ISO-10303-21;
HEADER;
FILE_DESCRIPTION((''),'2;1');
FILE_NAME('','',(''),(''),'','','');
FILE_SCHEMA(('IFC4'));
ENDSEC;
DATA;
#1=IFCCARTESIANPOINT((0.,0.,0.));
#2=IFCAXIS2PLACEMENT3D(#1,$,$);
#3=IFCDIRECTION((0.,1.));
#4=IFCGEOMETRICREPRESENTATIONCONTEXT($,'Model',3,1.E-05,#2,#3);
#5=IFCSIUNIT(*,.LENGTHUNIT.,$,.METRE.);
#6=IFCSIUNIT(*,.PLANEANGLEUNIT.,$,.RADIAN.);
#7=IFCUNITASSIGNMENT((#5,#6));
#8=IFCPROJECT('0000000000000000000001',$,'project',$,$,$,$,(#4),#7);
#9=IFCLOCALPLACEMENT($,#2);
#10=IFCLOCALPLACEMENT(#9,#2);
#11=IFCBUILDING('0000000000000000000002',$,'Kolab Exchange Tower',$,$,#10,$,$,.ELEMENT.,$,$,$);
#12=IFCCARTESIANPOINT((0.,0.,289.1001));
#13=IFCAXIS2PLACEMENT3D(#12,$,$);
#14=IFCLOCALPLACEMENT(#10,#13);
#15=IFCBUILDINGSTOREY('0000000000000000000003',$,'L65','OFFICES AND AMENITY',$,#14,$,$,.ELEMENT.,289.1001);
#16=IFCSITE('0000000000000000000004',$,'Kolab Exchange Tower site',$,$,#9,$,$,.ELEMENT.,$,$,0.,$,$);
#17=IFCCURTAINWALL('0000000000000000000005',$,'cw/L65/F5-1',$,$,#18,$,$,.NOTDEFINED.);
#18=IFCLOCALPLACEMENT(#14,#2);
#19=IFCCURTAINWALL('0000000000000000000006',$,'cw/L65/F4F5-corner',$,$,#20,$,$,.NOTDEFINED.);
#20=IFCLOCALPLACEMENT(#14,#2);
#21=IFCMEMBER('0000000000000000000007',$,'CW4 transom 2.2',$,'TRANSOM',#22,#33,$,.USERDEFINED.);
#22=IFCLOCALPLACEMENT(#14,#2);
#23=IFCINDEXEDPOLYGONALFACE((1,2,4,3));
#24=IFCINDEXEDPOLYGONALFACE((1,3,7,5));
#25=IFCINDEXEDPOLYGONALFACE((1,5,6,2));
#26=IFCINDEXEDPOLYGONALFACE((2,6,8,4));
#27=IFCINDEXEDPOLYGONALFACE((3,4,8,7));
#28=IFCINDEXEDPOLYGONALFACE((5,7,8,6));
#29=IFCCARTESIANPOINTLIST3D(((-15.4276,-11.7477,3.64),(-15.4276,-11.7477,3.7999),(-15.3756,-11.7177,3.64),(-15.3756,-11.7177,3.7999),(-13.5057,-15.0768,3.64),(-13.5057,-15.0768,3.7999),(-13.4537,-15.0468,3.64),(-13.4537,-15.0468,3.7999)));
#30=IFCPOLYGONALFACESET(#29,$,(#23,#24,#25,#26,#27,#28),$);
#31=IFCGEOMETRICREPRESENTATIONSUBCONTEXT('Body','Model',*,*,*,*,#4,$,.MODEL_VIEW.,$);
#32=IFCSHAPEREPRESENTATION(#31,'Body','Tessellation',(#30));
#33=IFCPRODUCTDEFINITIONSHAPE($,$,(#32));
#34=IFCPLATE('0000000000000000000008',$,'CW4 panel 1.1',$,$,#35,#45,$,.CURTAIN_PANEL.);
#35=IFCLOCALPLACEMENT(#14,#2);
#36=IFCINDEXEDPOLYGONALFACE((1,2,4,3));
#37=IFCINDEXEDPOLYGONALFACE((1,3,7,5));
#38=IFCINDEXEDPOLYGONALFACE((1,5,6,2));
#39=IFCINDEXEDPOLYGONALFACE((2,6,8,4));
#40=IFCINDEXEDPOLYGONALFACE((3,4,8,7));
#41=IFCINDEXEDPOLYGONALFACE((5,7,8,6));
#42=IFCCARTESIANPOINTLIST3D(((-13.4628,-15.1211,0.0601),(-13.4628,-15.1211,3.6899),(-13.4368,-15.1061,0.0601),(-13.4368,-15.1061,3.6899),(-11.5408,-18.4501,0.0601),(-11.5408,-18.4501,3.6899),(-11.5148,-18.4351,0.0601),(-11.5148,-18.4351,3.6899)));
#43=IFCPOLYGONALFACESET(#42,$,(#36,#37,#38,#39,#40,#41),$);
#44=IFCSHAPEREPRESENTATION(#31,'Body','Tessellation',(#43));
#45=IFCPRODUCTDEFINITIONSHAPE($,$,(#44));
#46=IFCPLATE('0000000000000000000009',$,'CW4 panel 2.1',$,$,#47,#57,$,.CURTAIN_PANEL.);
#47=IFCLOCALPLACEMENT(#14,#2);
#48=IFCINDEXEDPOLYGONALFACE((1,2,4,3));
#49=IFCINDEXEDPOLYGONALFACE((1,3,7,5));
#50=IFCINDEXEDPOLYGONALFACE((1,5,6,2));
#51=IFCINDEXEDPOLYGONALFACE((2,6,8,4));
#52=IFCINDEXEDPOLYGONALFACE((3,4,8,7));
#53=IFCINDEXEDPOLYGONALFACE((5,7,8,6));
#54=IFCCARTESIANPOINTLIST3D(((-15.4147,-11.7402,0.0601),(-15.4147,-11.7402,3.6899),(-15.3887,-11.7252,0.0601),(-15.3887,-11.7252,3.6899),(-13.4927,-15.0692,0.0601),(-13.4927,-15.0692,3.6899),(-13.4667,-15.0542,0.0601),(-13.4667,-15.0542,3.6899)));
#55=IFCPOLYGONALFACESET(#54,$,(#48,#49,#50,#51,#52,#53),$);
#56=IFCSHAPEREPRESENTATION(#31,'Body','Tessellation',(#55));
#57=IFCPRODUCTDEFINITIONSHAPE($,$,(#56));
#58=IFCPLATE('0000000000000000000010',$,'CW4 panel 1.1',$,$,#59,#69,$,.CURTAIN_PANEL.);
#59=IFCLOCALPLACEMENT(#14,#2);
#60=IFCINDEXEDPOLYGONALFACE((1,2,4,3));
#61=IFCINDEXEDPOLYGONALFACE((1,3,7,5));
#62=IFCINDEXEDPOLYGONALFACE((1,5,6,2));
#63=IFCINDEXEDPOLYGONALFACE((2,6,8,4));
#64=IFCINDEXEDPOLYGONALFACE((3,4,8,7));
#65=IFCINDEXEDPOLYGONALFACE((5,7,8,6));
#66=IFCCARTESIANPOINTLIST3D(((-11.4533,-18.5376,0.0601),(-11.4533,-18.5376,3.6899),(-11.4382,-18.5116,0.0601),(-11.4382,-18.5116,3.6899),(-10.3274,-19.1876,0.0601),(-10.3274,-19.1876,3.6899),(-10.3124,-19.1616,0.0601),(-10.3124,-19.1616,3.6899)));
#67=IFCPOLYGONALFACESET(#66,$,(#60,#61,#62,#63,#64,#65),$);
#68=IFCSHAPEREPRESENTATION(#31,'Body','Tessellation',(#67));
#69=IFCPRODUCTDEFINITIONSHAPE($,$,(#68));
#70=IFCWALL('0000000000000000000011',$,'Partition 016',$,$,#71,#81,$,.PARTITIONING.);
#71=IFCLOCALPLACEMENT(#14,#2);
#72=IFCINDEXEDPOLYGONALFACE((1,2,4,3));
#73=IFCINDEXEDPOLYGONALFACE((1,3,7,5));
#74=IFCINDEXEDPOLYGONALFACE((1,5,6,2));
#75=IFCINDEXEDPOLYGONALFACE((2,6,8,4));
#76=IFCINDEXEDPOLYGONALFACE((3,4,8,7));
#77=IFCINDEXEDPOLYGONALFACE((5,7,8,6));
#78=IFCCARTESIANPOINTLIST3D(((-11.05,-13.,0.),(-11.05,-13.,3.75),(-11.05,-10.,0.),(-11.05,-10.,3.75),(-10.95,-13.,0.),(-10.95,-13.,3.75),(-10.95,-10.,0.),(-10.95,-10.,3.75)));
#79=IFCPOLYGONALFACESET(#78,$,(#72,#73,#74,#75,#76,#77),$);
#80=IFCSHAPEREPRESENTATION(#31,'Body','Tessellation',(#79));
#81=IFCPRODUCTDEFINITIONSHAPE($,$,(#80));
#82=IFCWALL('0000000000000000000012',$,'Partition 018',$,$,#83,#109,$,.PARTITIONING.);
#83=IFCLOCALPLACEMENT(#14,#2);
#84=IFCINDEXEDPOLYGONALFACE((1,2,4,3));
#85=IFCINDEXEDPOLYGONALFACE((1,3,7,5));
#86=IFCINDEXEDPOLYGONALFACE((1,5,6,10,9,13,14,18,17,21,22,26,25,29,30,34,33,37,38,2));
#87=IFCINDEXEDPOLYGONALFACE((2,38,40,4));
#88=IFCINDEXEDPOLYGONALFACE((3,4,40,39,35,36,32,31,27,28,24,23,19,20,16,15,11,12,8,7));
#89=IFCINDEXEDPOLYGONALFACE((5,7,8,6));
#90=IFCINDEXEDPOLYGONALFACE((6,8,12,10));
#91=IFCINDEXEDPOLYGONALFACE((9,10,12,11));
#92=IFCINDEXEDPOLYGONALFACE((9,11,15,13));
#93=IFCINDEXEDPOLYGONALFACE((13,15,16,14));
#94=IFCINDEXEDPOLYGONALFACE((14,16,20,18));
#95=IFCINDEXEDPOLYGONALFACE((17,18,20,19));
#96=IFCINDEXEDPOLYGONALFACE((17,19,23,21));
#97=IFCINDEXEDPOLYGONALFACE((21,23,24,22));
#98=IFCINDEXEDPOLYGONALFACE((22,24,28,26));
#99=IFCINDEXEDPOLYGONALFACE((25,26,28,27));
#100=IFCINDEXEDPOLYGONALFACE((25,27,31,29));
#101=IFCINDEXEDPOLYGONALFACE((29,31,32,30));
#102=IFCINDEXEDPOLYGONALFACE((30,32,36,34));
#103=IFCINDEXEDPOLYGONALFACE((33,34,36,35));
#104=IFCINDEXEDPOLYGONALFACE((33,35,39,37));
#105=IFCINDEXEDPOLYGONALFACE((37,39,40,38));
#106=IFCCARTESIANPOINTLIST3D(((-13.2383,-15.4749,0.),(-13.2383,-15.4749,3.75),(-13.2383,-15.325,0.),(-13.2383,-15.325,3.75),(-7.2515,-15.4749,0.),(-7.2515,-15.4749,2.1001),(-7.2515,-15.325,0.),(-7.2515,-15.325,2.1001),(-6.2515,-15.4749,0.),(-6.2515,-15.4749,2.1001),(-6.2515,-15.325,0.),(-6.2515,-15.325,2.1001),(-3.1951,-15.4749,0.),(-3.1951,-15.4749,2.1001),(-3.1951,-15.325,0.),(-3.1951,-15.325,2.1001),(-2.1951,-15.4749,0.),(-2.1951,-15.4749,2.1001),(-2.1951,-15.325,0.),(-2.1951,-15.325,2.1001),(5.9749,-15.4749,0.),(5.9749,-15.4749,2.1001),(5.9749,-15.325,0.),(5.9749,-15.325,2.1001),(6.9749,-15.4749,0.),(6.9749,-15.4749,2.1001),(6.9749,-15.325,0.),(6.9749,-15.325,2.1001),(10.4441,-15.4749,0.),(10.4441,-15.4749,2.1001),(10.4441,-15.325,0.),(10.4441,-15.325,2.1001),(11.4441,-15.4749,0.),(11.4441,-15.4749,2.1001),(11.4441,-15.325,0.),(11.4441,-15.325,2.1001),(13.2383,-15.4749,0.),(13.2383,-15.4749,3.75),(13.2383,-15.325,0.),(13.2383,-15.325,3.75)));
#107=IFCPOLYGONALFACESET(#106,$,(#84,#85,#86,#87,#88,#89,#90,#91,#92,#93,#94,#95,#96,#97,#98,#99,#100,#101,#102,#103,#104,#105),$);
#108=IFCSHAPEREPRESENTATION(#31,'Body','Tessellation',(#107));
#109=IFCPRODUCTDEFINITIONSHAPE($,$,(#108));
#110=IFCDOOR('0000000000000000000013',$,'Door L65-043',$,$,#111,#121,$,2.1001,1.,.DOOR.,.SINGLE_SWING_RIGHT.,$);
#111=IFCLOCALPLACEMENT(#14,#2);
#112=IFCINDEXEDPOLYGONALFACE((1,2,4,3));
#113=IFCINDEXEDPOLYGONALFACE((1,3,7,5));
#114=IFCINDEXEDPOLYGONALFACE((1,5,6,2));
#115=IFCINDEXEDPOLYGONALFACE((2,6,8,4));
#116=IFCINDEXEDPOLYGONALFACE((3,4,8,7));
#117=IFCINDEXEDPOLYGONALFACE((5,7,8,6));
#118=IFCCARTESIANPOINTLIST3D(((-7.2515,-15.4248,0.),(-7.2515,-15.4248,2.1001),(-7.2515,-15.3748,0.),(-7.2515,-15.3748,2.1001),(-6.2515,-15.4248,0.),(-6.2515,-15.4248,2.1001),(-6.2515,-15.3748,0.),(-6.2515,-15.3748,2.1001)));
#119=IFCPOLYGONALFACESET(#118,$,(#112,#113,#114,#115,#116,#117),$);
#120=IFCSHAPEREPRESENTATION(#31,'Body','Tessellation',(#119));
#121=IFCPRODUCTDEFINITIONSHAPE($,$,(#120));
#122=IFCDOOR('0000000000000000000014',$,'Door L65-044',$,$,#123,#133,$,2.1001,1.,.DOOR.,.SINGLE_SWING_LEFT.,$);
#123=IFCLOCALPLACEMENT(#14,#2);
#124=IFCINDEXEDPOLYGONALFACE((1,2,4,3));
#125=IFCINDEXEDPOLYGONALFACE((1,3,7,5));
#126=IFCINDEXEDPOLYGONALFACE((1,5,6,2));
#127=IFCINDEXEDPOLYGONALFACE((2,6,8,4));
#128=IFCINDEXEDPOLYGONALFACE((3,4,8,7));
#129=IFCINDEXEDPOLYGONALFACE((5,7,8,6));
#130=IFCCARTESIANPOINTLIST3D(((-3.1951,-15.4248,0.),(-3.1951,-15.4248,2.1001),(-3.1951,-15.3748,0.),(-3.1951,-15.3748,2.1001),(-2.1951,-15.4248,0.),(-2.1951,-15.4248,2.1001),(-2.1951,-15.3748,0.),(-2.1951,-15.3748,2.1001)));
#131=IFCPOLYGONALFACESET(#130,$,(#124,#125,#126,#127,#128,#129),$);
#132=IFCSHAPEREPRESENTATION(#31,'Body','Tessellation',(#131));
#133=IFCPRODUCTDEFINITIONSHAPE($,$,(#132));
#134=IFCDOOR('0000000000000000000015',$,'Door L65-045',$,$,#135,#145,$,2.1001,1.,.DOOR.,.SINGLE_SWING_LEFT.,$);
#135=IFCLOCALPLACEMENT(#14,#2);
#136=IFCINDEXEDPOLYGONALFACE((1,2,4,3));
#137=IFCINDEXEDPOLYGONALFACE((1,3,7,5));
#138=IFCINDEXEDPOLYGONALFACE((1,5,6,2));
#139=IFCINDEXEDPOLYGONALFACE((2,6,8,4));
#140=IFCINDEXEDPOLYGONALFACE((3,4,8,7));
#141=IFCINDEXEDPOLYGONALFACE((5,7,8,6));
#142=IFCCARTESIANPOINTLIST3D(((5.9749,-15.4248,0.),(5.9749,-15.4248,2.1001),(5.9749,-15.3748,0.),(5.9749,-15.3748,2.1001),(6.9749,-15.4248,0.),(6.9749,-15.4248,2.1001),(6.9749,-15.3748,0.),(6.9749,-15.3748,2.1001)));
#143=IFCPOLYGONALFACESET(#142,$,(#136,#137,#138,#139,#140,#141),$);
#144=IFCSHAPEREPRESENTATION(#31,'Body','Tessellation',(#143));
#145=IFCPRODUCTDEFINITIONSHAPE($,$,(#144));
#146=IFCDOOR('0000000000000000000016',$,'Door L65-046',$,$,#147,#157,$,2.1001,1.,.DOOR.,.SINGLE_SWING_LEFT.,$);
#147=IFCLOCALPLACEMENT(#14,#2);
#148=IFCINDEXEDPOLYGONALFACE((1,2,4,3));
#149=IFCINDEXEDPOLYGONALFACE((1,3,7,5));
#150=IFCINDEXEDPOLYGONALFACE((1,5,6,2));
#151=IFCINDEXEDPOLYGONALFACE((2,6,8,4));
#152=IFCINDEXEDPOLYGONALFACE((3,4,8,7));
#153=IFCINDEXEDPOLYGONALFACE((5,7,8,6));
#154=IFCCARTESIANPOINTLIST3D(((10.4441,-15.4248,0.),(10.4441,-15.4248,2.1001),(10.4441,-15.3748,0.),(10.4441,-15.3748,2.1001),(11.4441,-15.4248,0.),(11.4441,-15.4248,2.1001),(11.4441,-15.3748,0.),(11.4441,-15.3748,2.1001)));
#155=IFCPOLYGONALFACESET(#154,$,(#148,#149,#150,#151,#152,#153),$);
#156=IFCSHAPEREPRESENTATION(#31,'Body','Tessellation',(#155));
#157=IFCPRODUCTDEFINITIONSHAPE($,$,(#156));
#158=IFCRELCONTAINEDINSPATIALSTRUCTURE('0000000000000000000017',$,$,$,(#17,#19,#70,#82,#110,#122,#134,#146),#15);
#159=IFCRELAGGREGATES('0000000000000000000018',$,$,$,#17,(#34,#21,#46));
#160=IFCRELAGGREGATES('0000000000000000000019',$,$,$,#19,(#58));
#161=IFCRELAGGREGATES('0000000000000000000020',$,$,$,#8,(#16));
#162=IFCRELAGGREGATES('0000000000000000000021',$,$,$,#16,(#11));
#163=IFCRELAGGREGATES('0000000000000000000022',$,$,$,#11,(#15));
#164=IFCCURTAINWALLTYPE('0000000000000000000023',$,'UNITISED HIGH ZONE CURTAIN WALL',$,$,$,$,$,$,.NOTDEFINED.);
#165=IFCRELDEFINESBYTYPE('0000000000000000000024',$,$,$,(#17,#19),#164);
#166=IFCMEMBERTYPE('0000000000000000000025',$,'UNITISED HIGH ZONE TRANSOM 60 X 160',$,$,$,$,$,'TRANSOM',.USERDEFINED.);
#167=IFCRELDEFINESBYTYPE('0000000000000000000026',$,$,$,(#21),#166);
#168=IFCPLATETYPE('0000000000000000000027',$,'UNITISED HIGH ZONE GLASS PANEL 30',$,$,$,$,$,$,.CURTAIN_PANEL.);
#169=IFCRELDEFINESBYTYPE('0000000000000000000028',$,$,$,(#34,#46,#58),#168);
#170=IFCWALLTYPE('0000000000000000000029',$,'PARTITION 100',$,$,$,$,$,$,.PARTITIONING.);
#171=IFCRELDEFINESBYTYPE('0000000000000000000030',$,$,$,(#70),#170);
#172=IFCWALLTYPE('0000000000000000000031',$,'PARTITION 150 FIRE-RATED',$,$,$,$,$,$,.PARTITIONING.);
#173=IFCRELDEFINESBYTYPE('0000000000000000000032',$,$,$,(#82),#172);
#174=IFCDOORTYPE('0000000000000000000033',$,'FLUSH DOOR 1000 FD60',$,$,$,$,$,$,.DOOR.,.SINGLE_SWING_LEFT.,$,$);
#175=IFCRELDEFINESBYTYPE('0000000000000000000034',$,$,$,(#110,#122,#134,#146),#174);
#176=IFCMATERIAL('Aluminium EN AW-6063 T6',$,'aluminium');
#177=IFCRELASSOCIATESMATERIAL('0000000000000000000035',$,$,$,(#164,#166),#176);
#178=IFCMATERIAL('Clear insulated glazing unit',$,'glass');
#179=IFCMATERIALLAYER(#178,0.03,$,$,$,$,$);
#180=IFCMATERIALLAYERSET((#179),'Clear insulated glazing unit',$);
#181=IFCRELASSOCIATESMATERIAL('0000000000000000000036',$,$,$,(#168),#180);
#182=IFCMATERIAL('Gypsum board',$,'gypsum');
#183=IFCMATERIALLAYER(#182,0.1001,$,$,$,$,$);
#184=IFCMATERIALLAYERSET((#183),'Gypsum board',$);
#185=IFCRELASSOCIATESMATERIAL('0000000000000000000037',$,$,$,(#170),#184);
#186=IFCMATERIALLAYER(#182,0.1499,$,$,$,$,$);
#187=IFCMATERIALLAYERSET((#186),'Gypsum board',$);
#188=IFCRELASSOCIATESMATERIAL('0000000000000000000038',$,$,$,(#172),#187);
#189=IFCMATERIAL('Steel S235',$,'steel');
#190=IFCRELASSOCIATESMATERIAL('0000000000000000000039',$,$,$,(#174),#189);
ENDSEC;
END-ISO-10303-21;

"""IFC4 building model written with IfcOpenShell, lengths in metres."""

from ifc_helpers import new_model, si_unit, direction, frame, frame_2d, origin, origin_2d, place, context, subcontext, project, spatial, rectangle, extrude, material, layer, layer_set, material_profile, profile_set, type_object, element, fill, aggregate, save


model = new_model("IFC4")

# Units and contexts
model_context = context("Model", 3, precision=1e-05, world=origin(), true_north=direction((0.0, 1.0)))
body_context = subcontext(model_context, "Body", "Model", "MODEL_VIEW")
ifc_project = project(units=[si_unit("LENGTHUNIT", "METRE"), si_unit("PLANEANGLEUNIT", "RADIAN")], contexts=[model_context])

# Site, building, storey
site_placement = place(None, origin())
site = spatial("IfcSite", under=ifc_project, at=site_placement, Name="Kolab Exchange Tower site", CompositionType="ELEMENT", RefElevation=0.0)
building_placement = place(site_placement, origin())
building = spatial("IfcBuilding", under=site, at=building_placement, Name="Kolab Exchange Tower", CompositionType="ELEMENT")
storey_placement = place(building_placement, frame((0.0, 0.0, 289.1001)))
storey = spatial("IfcBuildingStorey", under=building, at=storey_placement, Name="L65", Description="OFFICES AND AMENITY", CompositionType="ELEMENT", Elevation=289.1001)

# Curtain wall
ifc_material_1 = material(Name="Aluminium EN AW-6063 T6", Category="aluminium")
curtain_wall_type = type_object("IfcCurtainWallType", Name="UNITISED HIGH ZONE CURTAIN WALL", PredefinedType="NOTDEFINED", material=ifc_material_1)
curtain_wall_1_placement = place(storey_placement, origin())
curtain_wall_1 = element("IfcCurtainWall", 1, at=curtain_wall_1_placement, inside=storey, type_object=curtain_wall_type, Name="cw/L65/F5-1", PredefinedType="NOTDEFINED")

# Curtain wall
curtain_wall_2_placement = place(storey_placement, origin())
curtain_wall_2 = element("IfcCurtainWall", 2, at=curtain_wall_2_placement, inside=storey, type_object=curtain_wall_type, Name="cw/L65/F4F5-corner", PredefinedType="NOTDEFINED")

# Member
ifc_material_profile_1 = material_profile(ifc_material_1, rectangle(XDim=0.0601, YDim=0.1599, at=origin_2d()), Name="RECT 60X160")
ifc_profile_set_1 = profile_set([ifc_material_profile_1], Name="Aluminium EN AW-6063 T6")
member_type_1 = type_object("IfcMemberType", Name="UNITISED HIGH ZONE TRANSOM 60 X 160", ElementType="TRANSOM", PredefinedType="USERDEFINED", material=ifc_profile_set_1)
member_1_placement = place(storey_placement, frame((-13.4797, -15.0618, 3.72), z_axis=(-0.499964, 0.866046, 0.0), x_axis=(-0.866046, -0.499964, 0.0)))
member_1 = element("IfcMember", 3, at=member_1_placement, type_object=member_type_1, Name="CW4 transom 2.2", ObjectType="TRANSOM", PredefinedType="USERDEFINED", context=body_context, shape_type="SweptSolid", body=[
    extrude(rectangle(XDim=0.0601, YDim=0.1599, at=origin_2d()), origin(), (0.0, 0.0, 1.0), 3.844),
])

# Plates
ifc_material_2 = material(Name="Clear insulated glazing unit", Category="glass")
ifc_layer_1 = layer(ifc_material_2, 0.03)
ifc_layer_set_1 = layer_set([ifc_layer_1], Name="Clear insulated glazing unit")
plate_type = type_object("IfcPlateType", Name="UNITISED HIGH ZONE GLASS PANEL 30", PredefinedType="CURTAIN_PANEL", material=ifc_layer_set_1)
plate_1_placement = place(storey_placement, frame((-12.4888, -16.7781, 0.0601), z_axis=(0.0, 0.0, 1.0), x_axis=(-0.5, 0.866025, 0.0)))
plate_1 = element("IfcPlate", 4, at=plate_1_placement, type_object=plate_type, Name="CW4 panel 1.1", PredefinedType="CURTAIN_PANEL", context=body_context, shape_type="SweptSolid", body=[
    extrude(rectangle(XDim=3.844, YDim=0.03, at=origin_2d()), origin(), (0.0, 0.0, 1.0), 3.6299),
])
plate_2_placement = place(storey_placement, frame((-14.4407, -13.3972, 0.0601), z_axis=(0.0, 0.0, 1.0), x_axis=(-0.5, 0.866025, 0.0)))
plate_2 = element("IfcPlate", 5, at=plate_2_placement, type_object=plate_type, Name="CW4 panel 2.1", PredefinedType="CURTAIN_PANEL", context=body_context, shape_type="SweptSolid", body=[
    extrude(rectangle(XDim=3.844, YDim=0.03, at=origin_2d()), origin(), (0.0, 0.0, 1.0), 3.6299),
])
aggregate(curtain_wall_1, [plate_1, member_1, plate_2])
plate_3_placement = place(storey_placement, frame((-10.8828, -18.8496, 0.0601), z_axis=(0.0, 0.0, 1.0), x_axis=(-0.866025, 0.5, 0.0)))
plate_3 = element("IfcPlate", 6, at=plate_3_placement, type_object=plate_type, Name="CW4 panel 1.1", PredefinedType="CURTAIN_PANEL", context=body_context, shape_type="SweptSolid", body=[
    extrude(rectangle(XDim=1.3, YDim=0.03, at=origin_2d()), origin(), (0.0, 0.0, 1.0), 3.6299),
])
aggregate(curtain_wall_2, [plate_3])

# Wall
ifc_material_3 = material(Name="Gypsum board", Category="gypsum")
ifc_layer_2 = layer(ifc_material_3, 0.1001)
ifc_layer_set_2 = layer_set([ifc_layer_2], Name="Gypsum board")
wall_type_1 = type_object("IfcWallType", Name="PARTITION 100", PredefinedType="PARTITIONING", material=ifc_layer_set_2)
wall_1_placement = place(storey_placement, frame((-11.0, -13.0, 0.0), z_axis=(0.0, 0.0, 1.0), x_axis=(0.0, 1.0, 0.0)))
element("IfcWall", 7, at=wall_1_placement, inside=storey, type_object=wall_type_1, Name="Partition 016", PredefinedType="PARTITIONING", context=body_context, shape_type="SweptSolid", body=[
    extrude(rectangle(XDim=3.0, YDim=0.1001, at=frame_2d((1.5, 0.0))), origin(), (0.0, 0.0, 1.0), 3.75),
])

# Wall, openings, doors
ifc_layer_3 = layer(ifc_material_3, 0.1499)
ifc_layer_set_3 = layer_set([ifc_layer_3], Name="Gypsum board")
wall_type_2 = type_object("IfcWallType", Name="PARTITION 150 FIRE-RATED", PredefinedType="PARTITIONING", material=ifc_layer_set_3)
wall_2_placement = place(storey_placement, frame((-13.2383, -15.3999, 0.0), z_axis=(0.0, 0.0, 1.0), x_axis=(1.0, 0.0, 0.0)))
wall_2 = element("IfcWall", 8, at=wall_2_placement, inside=storey, type_object=wall_type_2, Name="Partition 018", PredefinedType="PARTITIONING", context=body_context, shape_type="SweptSolid", body=[
    extrude(rectangle(XDim=26.4766, YDim=0.1499, at=frame_2d((13.2383, 0.0))), origin(), (0.0, 0.0, 1.0), 3.75),
])
opening_1_placement = place(wall_2_placement, frame((5.9868, 0.0, 0.0)))
opening_1 = element("IfcOpeningElement", 9, at=opening_1_placement, cuts=wall_2, PredefinedType="OPENING", context=body_context, shape_type="SweptSolid", body=[
    extrude(rectangle(XDim=1.0, YDim=2.1001, at=frame_2d((0.5, 1.05))), frame((0.0, 0.085, 0.0), z_axis=(0.0, -1.0, 0.0), x_axis=(1.0, 0.0, 0.0)), (0.0, 0.0, 1.0), 0.1699),
])
opening_2_placement = place(wall_2_placement, frame((10.0432, 0.0, 0.0)))
opening_2 = element("IfcOpeningElement", 10, at=opening_2_placement, cuts=wall_2, PredefinedType="OPENING", context=body_context, shape_type="SweptSolid", body=[
    extrude(rectangle(XDim=1.0, YDim=2.1001, at=frame_2d((0.5, 1.05))), frame((0.0, 0.085, 0.0), z_axis=(0.0, -1.0, 0.0), x_axis=(1.0, 0.0, 0.0)), (0.0, 0.0, 1.0), 0.1699),
])
opening_3_placement = place(wall_2_placement, frame((19.2131, 0.0, 0.0)))
opening_3 = element("IfcOpeningElement", 11, at=opening_3_placement, cuts=wall_2, PredefinedType="OPENING", context=body_context, shape_type="SweptSolid", body=[
    extrude(rectangle(XDim=1.0, YDim=2.1001, at=frame_2d((0.5, 1.05))), frame((0.0, 0.085, 0.0), z_axis=(0.0, -1.0, 0.0), x_axis=(1.0, 0.0, 0.0)), (0.0, 0.0, 1.0), 0.1699),
])
opening_4_placement = place(wall_2_placement, frame((23.6824, 0.0, 0.0)))
opening_4 = element("IfcOpeningElement", 12, at=opening_4_placement, cuts=wall_2, PredefinedType="OPENING", context=body_context, shape_type="SweptSolid", body=[
    extrude(rectangle(XDim=1.0, YDim=2.1001, at=frame_2d((0.5, 1.05))), frame((0.0, 0.085, 0.0), z_axis=(0.0, -1.0, 0.0), x_axis=(1.0, 0.0, 0.0)), (0.0, 0.0, 1.0), 0.1699),
])
ifc_material_4 = material(Name="Steel S235", Category="steel")
door_type = type_object("IfcDoorType", Name="FLUSH DOOR 1000 FD60", OperationType="SINGLE_SWING_LEFT", PredefinedType="DOOR", material=ifc_material_4)
door_1_placement = place(opening_1_placement, frame((1.0, 0.0, 0.0), z_axis=(0.0, 0.0, 1.0), x_axis=(-1.0, 0.0, 0.0)))
door_1 = element("IfcDoor", 13, at=door_1_placement, inside=storey, type_object=door_type, Name="Door L65-043", OperationType="SINGLE_SWING_RIGHT", OverallHeight=2.1001, OverallWidth=1.0, PredefinedType="DOOR", context=body_context, shape_type="SweptSolid", body=[
    extrude(rectangle(XDim=1.0, YDim=2.1001, at=frame_2d((0.5, 1.05))), frame((0.0, 0.0249, 0.0), z_axis=(0.0, -1.0, 0.0), x_axis=(1.0, 0.0, 0.0)), (0.0, 0.0, 1.0), 0.05),
])
fill(opening_1, door_1)
door_2_placement = place(opening_2_placement, frame((1.0, 0.0, 0.0), z_axis=(0.0, 0.0, 1.0), x_axis=(-1.0, 0.0, 0.0)))
door_2 = element("IfcDoor", 14, at=door_2_placement, inside=storey, type_object=door_type, Name="Door L65-044", OperationType="SINGLE_SWING_LEFT", OverallHeight=2.1001, OverallWidth=1.0, PredefinedType="DOOR", context=body_context, shape_type="SweptSolid", body=[
    extrude(rectangle(XDim=1.0, YDim=2.1001, at=frame_2d((0.5, 1.05))), frame((0.0, 0.0249, 0.0), z_axis=(0.0, -1.0, 0.0), x_axis=(1.0, 0.0, 0.0)), (0.0, 0.0, 1.0), 0.05),
])
fill(opening_2, door_2)
door_3_placement = place(opening_3_placement, frame((1.0, 0.0, 0.0), z_axis=(0.0, 0.0, 1.0), x_axis=(-1.0, 0.0, 0.0)))
door_3 = element("IfcDoor", 15, at=door_3_placement, inside=storey, type_object=door_type, Name="Door L65-045", OperationType="SINGLE_SWING_LEFT", OverallHeight=2.1001, OverallWidth=1.0, PredefinedType="DOOR", context=body_context, shape_type="SweptSolid", body=[
    extrude(rectangle(XDim=1.0, YDim=2.1001, at=frame_2d((0.5, 1.05))), frame((0.0, 0.0249, 0.0), z_axis=(0.0, -1.0, 0.0), x_axis=(1.0, 0.0, 0.0)), (0.0, 0.0, 1.0), 0.05),
])
fill(opening_3, door_3)
door_4_placement = place(opening_4_placement, frame((1.0, 0.0, 0.0), z_axis=(0.0, 0.0, 1.0), x_axis=(-1.0, 0.0, 0.0)))
door_4 = element("IfcDoor", 16, at=door_4_placement, inside=storey, type_object=door_type, Name="Door L65-046", OperationType="SINGLE_SWING_LEFT", OverallHeight=2.1001, OverallWidth=1.0, PredefinedType="DOOR", context=body_context, shape_type="SweptSolid", body=[
    extrude(rectangle(XDim=1.0, YDim=2.1001, at=frame_2d((0.5, 1.05))), frame((0.0, 0.0249, 0.0), z_axis=(0.0, -1.0, 0.0), x_axis=(1.0, 0.0, 0.0)), (0.0, 0.0, 1.0), 0.05),
])
fill(opening_4, door_4)

save(model, "model.ifc")
